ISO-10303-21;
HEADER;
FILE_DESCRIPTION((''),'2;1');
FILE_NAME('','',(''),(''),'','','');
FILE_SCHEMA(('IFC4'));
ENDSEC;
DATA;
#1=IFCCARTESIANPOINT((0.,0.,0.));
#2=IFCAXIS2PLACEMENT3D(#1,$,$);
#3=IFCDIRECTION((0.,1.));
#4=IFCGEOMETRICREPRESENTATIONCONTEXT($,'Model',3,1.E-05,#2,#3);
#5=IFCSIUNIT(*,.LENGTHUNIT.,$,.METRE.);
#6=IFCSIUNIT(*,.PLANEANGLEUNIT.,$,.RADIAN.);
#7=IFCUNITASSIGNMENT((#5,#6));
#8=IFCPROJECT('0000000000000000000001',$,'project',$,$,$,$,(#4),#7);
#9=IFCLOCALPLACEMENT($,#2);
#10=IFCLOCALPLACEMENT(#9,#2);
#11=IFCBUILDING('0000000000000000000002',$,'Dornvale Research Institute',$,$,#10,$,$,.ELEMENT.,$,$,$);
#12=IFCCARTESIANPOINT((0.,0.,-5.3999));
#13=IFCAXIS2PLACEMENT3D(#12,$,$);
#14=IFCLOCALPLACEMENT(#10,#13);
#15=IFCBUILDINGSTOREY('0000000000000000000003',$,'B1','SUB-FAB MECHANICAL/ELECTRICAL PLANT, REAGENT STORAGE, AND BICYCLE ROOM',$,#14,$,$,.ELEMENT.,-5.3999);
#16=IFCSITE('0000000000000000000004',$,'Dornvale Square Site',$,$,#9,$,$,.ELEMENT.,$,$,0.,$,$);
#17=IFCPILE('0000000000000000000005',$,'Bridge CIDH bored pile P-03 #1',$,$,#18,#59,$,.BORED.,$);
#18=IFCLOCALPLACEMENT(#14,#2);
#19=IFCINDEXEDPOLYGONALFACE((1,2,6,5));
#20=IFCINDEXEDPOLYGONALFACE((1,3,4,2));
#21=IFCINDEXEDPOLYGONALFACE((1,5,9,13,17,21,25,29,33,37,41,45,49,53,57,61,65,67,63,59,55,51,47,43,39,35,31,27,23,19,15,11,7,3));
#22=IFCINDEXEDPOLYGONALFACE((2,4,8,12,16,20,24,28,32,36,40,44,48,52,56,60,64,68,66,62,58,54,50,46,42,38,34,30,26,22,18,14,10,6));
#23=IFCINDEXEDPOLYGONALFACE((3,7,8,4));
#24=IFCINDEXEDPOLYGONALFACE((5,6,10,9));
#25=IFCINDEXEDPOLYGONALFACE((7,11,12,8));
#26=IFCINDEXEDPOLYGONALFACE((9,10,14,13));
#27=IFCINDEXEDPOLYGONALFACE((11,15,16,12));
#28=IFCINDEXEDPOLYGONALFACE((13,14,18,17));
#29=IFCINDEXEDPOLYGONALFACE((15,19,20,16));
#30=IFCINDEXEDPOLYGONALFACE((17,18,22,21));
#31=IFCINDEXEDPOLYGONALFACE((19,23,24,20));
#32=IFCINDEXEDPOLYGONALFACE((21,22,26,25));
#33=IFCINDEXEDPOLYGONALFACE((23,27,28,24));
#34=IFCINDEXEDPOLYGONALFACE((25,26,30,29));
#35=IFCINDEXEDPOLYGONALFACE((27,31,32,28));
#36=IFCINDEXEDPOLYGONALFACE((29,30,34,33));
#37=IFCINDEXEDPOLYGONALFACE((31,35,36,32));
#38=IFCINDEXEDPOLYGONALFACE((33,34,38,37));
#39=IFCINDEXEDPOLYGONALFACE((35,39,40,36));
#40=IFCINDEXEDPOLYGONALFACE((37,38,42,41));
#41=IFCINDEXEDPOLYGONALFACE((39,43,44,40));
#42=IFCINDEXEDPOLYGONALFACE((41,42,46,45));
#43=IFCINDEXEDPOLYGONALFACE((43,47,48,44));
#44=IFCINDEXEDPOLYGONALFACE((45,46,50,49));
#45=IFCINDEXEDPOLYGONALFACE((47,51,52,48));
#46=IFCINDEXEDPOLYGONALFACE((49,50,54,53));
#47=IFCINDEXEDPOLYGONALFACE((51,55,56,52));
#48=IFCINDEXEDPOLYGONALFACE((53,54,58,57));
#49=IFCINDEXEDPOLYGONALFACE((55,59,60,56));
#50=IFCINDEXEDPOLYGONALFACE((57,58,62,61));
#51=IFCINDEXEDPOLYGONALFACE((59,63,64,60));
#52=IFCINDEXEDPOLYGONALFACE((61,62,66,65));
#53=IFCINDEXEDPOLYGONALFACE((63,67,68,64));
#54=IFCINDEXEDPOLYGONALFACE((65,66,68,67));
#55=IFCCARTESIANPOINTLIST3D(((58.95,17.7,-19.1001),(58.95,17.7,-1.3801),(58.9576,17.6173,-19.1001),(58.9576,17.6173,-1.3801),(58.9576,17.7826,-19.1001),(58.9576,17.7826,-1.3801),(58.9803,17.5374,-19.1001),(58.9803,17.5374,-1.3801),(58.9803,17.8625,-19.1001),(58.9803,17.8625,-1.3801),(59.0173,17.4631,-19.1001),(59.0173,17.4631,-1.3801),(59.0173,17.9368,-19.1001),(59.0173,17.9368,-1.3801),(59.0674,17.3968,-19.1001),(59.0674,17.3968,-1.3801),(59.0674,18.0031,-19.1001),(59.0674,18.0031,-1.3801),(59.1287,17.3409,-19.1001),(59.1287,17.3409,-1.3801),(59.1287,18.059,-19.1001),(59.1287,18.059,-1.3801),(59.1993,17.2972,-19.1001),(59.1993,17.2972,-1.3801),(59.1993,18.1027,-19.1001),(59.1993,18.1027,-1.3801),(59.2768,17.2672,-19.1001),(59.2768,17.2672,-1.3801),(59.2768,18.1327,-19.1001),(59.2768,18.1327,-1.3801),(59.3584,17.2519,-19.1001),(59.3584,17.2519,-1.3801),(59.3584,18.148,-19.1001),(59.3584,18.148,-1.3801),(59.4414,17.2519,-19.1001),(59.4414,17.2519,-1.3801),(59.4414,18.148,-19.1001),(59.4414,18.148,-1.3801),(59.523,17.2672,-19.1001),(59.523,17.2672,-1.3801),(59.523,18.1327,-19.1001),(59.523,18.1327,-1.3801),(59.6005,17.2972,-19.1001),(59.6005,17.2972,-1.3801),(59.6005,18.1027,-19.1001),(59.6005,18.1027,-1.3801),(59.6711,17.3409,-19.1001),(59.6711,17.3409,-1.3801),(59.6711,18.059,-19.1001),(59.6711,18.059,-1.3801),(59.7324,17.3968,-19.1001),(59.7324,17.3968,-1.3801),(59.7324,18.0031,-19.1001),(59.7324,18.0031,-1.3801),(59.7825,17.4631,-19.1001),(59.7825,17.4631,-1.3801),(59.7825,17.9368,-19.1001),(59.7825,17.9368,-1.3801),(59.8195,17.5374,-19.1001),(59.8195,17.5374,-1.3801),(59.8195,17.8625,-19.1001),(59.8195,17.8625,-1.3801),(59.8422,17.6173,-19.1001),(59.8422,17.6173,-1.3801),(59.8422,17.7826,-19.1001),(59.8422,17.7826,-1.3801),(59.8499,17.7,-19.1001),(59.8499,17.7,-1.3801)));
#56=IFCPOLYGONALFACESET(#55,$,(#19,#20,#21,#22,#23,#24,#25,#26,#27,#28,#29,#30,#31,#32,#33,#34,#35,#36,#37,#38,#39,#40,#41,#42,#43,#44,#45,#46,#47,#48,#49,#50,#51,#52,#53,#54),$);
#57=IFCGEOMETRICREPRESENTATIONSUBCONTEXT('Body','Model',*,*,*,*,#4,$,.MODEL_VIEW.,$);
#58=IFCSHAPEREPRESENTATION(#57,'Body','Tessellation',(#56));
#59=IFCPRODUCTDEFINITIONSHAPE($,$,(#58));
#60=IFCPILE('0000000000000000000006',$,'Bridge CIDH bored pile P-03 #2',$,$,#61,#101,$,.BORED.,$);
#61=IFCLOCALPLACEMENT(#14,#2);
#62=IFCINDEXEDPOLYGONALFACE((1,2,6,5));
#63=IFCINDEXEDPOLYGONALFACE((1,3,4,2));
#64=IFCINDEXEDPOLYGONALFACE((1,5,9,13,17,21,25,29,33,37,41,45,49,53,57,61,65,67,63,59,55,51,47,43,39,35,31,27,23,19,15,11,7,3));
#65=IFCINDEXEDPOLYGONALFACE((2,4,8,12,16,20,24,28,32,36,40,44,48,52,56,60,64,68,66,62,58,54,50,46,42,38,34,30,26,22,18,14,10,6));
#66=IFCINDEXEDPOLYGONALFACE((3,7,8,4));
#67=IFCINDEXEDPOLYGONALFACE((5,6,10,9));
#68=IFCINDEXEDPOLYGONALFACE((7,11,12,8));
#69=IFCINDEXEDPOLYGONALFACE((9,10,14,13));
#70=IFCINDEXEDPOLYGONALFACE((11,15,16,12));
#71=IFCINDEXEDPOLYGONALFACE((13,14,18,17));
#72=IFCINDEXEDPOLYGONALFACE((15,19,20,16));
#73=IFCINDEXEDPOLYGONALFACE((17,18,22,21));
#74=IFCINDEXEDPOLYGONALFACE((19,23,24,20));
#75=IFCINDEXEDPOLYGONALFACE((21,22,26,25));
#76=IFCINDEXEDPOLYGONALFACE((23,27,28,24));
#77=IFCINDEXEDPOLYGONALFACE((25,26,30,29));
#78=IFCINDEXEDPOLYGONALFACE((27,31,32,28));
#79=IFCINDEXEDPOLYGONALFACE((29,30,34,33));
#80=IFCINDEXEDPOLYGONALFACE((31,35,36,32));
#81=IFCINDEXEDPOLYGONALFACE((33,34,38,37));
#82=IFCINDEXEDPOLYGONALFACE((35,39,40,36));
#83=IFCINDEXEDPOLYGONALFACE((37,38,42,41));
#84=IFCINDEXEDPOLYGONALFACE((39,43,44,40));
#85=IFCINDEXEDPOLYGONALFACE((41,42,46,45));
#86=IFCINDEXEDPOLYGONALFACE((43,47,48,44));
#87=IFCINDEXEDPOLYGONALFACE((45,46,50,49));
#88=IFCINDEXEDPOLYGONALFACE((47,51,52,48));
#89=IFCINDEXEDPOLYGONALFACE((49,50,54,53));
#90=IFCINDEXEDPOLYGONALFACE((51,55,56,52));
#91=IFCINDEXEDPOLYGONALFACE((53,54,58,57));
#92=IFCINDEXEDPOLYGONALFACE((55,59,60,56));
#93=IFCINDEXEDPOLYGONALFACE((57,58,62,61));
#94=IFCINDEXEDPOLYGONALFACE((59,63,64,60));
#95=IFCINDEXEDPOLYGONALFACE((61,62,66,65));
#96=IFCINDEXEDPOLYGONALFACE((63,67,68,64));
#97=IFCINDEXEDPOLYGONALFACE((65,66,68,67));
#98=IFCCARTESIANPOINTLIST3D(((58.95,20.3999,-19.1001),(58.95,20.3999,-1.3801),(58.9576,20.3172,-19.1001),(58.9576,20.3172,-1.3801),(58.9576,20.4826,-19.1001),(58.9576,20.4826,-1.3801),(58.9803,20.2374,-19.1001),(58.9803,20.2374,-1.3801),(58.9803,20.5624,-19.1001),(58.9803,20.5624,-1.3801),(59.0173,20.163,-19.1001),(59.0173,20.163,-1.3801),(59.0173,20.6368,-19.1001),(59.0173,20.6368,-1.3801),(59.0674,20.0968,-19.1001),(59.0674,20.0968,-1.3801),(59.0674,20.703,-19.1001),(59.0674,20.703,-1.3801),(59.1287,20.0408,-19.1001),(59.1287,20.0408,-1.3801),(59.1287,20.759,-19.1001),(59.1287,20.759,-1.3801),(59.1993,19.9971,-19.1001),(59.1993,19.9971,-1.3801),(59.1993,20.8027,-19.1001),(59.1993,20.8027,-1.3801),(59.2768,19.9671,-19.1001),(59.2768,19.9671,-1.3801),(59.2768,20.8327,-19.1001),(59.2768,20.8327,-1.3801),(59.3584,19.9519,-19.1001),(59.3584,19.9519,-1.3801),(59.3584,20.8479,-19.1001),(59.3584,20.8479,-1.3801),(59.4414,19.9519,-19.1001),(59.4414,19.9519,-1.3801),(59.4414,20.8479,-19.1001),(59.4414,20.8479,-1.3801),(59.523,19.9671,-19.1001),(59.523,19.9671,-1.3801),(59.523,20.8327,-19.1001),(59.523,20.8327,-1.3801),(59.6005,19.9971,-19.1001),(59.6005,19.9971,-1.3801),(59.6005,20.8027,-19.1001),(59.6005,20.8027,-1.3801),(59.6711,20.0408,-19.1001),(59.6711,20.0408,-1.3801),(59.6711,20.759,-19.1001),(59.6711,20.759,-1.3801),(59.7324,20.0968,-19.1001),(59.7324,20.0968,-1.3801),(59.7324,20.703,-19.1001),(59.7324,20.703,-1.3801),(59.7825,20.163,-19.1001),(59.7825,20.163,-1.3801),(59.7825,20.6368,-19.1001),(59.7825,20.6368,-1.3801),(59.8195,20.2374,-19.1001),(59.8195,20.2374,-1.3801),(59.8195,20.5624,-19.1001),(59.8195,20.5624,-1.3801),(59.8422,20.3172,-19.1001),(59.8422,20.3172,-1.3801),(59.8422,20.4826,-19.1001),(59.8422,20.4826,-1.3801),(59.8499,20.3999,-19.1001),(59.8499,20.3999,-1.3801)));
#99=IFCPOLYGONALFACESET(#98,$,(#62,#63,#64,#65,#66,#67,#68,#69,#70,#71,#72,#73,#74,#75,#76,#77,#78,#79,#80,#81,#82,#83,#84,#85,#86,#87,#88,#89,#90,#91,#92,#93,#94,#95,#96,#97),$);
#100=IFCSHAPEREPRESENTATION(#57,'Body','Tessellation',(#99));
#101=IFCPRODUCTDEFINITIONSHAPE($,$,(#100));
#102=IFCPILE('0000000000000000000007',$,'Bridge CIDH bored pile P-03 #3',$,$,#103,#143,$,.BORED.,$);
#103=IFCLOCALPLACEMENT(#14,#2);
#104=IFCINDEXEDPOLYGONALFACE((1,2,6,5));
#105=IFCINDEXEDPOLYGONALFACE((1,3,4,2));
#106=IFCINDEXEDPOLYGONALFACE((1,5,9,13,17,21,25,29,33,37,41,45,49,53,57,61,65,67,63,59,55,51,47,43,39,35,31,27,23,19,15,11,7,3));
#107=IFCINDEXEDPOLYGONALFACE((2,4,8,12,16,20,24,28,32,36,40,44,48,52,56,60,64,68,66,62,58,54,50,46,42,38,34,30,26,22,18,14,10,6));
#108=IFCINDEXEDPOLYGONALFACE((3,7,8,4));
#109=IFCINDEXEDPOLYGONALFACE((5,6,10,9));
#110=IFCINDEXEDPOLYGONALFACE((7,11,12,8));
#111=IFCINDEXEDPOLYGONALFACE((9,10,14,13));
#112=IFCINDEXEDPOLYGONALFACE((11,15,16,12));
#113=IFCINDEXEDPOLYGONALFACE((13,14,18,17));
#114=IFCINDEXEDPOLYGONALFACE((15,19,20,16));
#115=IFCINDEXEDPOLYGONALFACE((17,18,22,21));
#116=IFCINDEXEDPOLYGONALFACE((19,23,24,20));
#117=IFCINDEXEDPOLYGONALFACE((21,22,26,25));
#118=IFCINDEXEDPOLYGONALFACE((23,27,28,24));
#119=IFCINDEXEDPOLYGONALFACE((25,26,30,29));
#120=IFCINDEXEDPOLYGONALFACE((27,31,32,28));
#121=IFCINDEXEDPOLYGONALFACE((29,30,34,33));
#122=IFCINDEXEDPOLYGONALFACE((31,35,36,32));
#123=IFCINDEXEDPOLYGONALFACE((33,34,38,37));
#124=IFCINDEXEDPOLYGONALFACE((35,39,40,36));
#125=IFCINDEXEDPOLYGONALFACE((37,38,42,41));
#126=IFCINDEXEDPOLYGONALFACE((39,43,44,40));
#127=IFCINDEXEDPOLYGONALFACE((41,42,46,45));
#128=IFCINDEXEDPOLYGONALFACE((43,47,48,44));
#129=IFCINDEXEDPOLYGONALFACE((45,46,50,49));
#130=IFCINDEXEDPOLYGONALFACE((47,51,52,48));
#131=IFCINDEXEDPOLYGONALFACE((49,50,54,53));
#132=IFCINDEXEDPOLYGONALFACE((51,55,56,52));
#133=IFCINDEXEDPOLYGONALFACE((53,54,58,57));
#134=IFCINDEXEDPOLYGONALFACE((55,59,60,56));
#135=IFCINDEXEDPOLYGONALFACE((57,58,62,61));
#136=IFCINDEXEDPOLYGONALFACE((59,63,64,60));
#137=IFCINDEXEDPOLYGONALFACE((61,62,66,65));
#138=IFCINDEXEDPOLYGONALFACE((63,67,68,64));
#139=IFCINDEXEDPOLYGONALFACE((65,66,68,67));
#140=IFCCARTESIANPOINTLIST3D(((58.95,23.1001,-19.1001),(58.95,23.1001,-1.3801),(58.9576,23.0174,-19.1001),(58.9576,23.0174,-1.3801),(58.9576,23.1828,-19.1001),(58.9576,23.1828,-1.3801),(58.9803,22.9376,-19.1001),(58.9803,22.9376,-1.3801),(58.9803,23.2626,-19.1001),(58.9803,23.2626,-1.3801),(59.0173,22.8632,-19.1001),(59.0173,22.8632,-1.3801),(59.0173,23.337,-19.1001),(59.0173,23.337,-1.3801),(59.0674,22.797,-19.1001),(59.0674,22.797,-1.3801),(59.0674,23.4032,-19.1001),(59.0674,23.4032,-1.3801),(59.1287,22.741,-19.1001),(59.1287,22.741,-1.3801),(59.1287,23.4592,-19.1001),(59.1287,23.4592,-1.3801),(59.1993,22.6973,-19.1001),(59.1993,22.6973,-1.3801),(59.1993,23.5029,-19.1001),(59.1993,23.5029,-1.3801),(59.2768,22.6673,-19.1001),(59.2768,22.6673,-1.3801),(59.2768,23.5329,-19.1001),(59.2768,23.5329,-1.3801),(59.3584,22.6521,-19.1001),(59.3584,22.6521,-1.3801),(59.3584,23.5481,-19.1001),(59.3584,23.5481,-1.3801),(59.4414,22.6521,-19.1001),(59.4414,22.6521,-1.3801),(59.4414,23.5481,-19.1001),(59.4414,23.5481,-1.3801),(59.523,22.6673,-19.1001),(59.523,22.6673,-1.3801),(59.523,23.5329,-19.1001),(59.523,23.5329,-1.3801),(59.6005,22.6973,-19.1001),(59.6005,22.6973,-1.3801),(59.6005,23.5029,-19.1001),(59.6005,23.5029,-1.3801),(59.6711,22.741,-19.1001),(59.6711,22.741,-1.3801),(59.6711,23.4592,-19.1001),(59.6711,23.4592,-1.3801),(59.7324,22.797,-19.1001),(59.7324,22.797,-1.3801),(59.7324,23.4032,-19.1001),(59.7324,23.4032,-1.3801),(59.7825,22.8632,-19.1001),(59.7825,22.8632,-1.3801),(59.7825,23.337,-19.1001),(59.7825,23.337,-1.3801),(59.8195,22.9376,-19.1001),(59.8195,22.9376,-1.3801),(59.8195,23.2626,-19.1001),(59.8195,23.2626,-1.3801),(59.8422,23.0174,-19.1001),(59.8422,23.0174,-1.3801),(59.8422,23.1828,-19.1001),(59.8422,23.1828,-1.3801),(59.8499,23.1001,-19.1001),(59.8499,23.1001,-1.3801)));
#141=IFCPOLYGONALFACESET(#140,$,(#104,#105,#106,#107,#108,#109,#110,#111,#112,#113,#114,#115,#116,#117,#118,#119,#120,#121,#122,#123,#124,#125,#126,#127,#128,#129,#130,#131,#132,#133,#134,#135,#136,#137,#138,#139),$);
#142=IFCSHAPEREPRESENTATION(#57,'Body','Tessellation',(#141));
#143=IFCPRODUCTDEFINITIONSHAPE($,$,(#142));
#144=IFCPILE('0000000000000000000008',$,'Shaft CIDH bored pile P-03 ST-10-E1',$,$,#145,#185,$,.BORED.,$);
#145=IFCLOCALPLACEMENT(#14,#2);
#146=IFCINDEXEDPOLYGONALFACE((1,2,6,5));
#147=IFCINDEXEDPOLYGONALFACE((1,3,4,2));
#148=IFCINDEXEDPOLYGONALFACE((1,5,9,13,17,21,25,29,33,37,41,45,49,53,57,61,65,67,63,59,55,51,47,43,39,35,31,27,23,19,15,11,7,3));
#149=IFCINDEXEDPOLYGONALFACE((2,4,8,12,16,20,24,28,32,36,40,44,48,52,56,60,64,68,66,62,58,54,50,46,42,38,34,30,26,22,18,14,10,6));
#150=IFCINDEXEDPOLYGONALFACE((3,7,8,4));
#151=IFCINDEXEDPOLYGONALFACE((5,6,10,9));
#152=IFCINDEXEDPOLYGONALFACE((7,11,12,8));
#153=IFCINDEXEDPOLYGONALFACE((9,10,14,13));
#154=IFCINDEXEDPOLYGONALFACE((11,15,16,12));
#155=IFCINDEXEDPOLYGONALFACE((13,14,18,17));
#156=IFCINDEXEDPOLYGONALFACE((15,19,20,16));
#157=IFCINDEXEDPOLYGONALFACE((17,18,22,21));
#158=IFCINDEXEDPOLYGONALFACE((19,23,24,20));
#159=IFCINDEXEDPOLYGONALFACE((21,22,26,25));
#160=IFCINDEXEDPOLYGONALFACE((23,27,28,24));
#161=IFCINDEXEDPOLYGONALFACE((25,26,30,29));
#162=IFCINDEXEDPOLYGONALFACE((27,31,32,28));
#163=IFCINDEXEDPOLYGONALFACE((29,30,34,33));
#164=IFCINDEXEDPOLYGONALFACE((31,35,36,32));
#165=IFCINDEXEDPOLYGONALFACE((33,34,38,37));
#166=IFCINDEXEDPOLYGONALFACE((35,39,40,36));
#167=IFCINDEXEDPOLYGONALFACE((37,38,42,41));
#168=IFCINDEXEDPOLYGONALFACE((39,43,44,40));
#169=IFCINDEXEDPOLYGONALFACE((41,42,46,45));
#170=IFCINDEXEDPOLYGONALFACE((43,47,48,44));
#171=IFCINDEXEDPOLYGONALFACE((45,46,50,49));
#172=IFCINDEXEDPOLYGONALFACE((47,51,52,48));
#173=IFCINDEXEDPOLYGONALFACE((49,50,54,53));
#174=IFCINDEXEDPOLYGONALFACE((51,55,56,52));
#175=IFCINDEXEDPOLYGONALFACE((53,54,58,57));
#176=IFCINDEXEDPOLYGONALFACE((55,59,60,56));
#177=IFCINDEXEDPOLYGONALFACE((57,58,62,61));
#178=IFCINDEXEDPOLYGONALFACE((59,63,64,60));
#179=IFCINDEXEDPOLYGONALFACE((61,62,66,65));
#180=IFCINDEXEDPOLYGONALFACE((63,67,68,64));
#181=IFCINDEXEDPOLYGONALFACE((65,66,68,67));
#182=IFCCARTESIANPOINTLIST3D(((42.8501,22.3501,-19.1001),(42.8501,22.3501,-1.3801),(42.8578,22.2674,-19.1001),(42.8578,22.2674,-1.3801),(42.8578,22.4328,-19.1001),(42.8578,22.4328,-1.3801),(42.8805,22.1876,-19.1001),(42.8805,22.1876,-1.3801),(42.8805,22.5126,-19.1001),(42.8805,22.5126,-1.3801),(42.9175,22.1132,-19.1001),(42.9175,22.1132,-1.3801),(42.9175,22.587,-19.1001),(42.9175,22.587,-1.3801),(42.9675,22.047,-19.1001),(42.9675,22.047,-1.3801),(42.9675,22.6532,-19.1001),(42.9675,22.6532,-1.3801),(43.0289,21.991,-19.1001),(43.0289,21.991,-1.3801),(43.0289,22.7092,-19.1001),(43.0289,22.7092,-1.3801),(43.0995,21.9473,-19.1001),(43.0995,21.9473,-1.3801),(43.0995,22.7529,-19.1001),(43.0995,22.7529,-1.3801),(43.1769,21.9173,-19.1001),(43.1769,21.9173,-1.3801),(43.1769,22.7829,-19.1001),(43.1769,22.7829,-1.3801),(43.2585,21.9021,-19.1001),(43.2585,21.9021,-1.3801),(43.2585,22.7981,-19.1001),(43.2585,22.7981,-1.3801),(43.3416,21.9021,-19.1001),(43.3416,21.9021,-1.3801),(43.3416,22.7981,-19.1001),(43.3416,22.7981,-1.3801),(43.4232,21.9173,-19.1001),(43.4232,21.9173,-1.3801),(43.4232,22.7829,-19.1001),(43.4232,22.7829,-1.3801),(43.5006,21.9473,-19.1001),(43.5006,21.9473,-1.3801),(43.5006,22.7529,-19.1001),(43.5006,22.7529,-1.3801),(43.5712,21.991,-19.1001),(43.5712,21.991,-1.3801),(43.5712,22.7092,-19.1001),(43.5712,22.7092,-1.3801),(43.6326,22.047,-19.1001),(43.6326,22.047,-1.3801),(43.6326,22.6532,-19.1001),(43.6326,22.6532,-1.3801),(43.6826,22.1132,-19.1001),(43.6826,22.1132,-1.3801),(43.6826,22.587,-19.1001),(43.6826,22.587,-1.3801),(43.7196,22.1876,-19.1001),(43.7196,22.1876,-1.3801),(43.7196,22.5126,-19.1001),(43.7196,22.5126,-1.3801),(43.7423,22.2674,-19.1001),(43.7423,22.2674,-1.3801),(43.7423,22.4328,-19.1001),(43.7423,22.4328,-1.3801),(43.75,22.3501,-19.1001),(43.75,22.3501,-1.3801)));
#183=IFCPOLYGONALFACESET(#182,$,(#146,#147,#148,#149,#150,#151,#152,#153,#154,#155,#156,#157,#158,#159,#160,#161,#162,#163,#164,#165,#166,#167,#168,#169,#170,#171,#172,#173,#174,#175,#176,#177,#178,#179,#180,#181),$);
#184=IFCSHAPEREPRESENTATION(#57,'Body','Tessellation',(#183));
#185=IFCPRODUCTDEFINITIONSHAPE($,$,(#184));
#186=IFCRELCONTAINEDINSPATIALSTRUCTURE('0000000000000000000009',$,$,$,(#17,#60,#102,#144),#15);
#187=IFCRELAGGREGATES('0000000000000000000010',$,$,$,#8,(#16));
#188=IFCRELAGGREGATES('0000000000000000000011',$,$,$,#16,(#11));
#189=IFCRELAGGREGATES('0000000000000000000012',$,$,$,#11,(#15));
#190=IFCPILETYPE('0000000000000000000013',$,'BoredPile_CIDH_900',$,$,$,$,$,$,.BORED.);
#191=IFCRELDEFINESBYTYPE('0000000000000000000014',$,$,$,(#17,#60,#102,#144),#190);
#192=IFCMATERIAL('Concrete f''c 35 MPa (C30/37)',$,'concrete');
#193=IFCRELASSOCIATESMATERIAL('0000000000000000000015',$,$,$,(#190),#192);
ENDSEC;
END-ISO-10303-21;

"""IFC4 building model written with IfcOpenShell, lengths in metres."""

from ifc_helpers import new_model, si_unit, direction, frame, origin, origin_2d, place, context, subcontext, project, spatial, circle, extrude, material, material_profile, profile_set, type_object, element, save


model = new_model("IFC4")

# Units and contexts
model_context = context("Model", 3, precision=1e-05, world=origin(), true_north=direction((0.0, 1.0)))
body_context = subcontext(model_context, "Body", "Model", "MODEL_VIEW")
ifc_project = project(units=[si_unit("LENGTHUNIT", "METRE"), si_unit("PLANEANGLEUNIT", "RADIAN")], contexts=[model_context])

# Site, building, storey
site_placement = place(None, origin())
site = spatial("IfcSite", under=ifc_project, at=site_placement, Name="Dornvale Square Site", CompositionType="ELEMENT", RefElevation=0.0)
building_placement = place(site_placement, origin())
building = spatial("IfcBuilding", under=site, at=building_placement, Name="Dornvale Research Institute", CompositionType="ELEMENT")
storey_placement = place(building_placement, frame((0.0, 0.0, -5.3999)))
storey = spatial("IfcBuildingStorey", under=building, at=storey_placement, Name="B1", Description="SUB-FAB MECHANICAL/ELECTRICAL PLANT, REAGENT STORAGE, AND BICYCLE ROOM", CompositionType="ELEMENT", Elevation=-5.3999)

# Piles
ifc_material_1 = material(Name="Concrete f'c 35 MPa (C30/37)", Category="concrete")
ifc_material_profile_1 = material_profile(ifc_material_1, circle(Radius=0.45, at=origin_2d()), Name="CIDH PILE D900")
ifc_profile_set_1 = profile_set([ifc_material_profile_1], Name="Concrete f'c 35 MPa (C30/37)")
pile_type = type_object("IfcPileType", Name="BoredPile_CIDH_900", PredefinedType="BORED", material=ifc_profile_set_1)
for number, where, z_axis, x_axis, name in (
    (1, (59.3999, 17.7, -1.3801), (0.0, 0.0, -1.0), (1.0, 0.0, 0.0), "Bridge CIDH bored pile P-03 #1"),
    (2, (59.3999, 20.3999, -1.3801), (0.0, 0.0, -1.0), (1.0, 0.0, 0.0), "Bridge CIDH bored pile P-03 #2"),
    (3, (59.3999, 23.1001, -1.3801), (0.0, 0.0, -1.0), (1.0, 0.0, 0.0), "Bridge CIDH bored pile P-03 #3"),
    (4, (43.3, 22.3501, -1.3801), (0.0, 0.0, -1.0), (1.0, 0.0, 0.0), "Shaft CIDH bored pile P-03 ST-10-E1"),
):
    element("IfcPile", number, at=place(storey_placement, frame(where, z_axis=z_axis, x_axis=x_axis)), inside=storey, type_object=pile_type, Name=name, PredefinedType="BORED", context=body_context, shape_type="SweptSolid", body=[
        extrude(circle(Radius=0.45, at=origin_2d()), origin(), (0.0, 0.0, 1.0), 17.72),
    ])

save(model, "model.ifc")
